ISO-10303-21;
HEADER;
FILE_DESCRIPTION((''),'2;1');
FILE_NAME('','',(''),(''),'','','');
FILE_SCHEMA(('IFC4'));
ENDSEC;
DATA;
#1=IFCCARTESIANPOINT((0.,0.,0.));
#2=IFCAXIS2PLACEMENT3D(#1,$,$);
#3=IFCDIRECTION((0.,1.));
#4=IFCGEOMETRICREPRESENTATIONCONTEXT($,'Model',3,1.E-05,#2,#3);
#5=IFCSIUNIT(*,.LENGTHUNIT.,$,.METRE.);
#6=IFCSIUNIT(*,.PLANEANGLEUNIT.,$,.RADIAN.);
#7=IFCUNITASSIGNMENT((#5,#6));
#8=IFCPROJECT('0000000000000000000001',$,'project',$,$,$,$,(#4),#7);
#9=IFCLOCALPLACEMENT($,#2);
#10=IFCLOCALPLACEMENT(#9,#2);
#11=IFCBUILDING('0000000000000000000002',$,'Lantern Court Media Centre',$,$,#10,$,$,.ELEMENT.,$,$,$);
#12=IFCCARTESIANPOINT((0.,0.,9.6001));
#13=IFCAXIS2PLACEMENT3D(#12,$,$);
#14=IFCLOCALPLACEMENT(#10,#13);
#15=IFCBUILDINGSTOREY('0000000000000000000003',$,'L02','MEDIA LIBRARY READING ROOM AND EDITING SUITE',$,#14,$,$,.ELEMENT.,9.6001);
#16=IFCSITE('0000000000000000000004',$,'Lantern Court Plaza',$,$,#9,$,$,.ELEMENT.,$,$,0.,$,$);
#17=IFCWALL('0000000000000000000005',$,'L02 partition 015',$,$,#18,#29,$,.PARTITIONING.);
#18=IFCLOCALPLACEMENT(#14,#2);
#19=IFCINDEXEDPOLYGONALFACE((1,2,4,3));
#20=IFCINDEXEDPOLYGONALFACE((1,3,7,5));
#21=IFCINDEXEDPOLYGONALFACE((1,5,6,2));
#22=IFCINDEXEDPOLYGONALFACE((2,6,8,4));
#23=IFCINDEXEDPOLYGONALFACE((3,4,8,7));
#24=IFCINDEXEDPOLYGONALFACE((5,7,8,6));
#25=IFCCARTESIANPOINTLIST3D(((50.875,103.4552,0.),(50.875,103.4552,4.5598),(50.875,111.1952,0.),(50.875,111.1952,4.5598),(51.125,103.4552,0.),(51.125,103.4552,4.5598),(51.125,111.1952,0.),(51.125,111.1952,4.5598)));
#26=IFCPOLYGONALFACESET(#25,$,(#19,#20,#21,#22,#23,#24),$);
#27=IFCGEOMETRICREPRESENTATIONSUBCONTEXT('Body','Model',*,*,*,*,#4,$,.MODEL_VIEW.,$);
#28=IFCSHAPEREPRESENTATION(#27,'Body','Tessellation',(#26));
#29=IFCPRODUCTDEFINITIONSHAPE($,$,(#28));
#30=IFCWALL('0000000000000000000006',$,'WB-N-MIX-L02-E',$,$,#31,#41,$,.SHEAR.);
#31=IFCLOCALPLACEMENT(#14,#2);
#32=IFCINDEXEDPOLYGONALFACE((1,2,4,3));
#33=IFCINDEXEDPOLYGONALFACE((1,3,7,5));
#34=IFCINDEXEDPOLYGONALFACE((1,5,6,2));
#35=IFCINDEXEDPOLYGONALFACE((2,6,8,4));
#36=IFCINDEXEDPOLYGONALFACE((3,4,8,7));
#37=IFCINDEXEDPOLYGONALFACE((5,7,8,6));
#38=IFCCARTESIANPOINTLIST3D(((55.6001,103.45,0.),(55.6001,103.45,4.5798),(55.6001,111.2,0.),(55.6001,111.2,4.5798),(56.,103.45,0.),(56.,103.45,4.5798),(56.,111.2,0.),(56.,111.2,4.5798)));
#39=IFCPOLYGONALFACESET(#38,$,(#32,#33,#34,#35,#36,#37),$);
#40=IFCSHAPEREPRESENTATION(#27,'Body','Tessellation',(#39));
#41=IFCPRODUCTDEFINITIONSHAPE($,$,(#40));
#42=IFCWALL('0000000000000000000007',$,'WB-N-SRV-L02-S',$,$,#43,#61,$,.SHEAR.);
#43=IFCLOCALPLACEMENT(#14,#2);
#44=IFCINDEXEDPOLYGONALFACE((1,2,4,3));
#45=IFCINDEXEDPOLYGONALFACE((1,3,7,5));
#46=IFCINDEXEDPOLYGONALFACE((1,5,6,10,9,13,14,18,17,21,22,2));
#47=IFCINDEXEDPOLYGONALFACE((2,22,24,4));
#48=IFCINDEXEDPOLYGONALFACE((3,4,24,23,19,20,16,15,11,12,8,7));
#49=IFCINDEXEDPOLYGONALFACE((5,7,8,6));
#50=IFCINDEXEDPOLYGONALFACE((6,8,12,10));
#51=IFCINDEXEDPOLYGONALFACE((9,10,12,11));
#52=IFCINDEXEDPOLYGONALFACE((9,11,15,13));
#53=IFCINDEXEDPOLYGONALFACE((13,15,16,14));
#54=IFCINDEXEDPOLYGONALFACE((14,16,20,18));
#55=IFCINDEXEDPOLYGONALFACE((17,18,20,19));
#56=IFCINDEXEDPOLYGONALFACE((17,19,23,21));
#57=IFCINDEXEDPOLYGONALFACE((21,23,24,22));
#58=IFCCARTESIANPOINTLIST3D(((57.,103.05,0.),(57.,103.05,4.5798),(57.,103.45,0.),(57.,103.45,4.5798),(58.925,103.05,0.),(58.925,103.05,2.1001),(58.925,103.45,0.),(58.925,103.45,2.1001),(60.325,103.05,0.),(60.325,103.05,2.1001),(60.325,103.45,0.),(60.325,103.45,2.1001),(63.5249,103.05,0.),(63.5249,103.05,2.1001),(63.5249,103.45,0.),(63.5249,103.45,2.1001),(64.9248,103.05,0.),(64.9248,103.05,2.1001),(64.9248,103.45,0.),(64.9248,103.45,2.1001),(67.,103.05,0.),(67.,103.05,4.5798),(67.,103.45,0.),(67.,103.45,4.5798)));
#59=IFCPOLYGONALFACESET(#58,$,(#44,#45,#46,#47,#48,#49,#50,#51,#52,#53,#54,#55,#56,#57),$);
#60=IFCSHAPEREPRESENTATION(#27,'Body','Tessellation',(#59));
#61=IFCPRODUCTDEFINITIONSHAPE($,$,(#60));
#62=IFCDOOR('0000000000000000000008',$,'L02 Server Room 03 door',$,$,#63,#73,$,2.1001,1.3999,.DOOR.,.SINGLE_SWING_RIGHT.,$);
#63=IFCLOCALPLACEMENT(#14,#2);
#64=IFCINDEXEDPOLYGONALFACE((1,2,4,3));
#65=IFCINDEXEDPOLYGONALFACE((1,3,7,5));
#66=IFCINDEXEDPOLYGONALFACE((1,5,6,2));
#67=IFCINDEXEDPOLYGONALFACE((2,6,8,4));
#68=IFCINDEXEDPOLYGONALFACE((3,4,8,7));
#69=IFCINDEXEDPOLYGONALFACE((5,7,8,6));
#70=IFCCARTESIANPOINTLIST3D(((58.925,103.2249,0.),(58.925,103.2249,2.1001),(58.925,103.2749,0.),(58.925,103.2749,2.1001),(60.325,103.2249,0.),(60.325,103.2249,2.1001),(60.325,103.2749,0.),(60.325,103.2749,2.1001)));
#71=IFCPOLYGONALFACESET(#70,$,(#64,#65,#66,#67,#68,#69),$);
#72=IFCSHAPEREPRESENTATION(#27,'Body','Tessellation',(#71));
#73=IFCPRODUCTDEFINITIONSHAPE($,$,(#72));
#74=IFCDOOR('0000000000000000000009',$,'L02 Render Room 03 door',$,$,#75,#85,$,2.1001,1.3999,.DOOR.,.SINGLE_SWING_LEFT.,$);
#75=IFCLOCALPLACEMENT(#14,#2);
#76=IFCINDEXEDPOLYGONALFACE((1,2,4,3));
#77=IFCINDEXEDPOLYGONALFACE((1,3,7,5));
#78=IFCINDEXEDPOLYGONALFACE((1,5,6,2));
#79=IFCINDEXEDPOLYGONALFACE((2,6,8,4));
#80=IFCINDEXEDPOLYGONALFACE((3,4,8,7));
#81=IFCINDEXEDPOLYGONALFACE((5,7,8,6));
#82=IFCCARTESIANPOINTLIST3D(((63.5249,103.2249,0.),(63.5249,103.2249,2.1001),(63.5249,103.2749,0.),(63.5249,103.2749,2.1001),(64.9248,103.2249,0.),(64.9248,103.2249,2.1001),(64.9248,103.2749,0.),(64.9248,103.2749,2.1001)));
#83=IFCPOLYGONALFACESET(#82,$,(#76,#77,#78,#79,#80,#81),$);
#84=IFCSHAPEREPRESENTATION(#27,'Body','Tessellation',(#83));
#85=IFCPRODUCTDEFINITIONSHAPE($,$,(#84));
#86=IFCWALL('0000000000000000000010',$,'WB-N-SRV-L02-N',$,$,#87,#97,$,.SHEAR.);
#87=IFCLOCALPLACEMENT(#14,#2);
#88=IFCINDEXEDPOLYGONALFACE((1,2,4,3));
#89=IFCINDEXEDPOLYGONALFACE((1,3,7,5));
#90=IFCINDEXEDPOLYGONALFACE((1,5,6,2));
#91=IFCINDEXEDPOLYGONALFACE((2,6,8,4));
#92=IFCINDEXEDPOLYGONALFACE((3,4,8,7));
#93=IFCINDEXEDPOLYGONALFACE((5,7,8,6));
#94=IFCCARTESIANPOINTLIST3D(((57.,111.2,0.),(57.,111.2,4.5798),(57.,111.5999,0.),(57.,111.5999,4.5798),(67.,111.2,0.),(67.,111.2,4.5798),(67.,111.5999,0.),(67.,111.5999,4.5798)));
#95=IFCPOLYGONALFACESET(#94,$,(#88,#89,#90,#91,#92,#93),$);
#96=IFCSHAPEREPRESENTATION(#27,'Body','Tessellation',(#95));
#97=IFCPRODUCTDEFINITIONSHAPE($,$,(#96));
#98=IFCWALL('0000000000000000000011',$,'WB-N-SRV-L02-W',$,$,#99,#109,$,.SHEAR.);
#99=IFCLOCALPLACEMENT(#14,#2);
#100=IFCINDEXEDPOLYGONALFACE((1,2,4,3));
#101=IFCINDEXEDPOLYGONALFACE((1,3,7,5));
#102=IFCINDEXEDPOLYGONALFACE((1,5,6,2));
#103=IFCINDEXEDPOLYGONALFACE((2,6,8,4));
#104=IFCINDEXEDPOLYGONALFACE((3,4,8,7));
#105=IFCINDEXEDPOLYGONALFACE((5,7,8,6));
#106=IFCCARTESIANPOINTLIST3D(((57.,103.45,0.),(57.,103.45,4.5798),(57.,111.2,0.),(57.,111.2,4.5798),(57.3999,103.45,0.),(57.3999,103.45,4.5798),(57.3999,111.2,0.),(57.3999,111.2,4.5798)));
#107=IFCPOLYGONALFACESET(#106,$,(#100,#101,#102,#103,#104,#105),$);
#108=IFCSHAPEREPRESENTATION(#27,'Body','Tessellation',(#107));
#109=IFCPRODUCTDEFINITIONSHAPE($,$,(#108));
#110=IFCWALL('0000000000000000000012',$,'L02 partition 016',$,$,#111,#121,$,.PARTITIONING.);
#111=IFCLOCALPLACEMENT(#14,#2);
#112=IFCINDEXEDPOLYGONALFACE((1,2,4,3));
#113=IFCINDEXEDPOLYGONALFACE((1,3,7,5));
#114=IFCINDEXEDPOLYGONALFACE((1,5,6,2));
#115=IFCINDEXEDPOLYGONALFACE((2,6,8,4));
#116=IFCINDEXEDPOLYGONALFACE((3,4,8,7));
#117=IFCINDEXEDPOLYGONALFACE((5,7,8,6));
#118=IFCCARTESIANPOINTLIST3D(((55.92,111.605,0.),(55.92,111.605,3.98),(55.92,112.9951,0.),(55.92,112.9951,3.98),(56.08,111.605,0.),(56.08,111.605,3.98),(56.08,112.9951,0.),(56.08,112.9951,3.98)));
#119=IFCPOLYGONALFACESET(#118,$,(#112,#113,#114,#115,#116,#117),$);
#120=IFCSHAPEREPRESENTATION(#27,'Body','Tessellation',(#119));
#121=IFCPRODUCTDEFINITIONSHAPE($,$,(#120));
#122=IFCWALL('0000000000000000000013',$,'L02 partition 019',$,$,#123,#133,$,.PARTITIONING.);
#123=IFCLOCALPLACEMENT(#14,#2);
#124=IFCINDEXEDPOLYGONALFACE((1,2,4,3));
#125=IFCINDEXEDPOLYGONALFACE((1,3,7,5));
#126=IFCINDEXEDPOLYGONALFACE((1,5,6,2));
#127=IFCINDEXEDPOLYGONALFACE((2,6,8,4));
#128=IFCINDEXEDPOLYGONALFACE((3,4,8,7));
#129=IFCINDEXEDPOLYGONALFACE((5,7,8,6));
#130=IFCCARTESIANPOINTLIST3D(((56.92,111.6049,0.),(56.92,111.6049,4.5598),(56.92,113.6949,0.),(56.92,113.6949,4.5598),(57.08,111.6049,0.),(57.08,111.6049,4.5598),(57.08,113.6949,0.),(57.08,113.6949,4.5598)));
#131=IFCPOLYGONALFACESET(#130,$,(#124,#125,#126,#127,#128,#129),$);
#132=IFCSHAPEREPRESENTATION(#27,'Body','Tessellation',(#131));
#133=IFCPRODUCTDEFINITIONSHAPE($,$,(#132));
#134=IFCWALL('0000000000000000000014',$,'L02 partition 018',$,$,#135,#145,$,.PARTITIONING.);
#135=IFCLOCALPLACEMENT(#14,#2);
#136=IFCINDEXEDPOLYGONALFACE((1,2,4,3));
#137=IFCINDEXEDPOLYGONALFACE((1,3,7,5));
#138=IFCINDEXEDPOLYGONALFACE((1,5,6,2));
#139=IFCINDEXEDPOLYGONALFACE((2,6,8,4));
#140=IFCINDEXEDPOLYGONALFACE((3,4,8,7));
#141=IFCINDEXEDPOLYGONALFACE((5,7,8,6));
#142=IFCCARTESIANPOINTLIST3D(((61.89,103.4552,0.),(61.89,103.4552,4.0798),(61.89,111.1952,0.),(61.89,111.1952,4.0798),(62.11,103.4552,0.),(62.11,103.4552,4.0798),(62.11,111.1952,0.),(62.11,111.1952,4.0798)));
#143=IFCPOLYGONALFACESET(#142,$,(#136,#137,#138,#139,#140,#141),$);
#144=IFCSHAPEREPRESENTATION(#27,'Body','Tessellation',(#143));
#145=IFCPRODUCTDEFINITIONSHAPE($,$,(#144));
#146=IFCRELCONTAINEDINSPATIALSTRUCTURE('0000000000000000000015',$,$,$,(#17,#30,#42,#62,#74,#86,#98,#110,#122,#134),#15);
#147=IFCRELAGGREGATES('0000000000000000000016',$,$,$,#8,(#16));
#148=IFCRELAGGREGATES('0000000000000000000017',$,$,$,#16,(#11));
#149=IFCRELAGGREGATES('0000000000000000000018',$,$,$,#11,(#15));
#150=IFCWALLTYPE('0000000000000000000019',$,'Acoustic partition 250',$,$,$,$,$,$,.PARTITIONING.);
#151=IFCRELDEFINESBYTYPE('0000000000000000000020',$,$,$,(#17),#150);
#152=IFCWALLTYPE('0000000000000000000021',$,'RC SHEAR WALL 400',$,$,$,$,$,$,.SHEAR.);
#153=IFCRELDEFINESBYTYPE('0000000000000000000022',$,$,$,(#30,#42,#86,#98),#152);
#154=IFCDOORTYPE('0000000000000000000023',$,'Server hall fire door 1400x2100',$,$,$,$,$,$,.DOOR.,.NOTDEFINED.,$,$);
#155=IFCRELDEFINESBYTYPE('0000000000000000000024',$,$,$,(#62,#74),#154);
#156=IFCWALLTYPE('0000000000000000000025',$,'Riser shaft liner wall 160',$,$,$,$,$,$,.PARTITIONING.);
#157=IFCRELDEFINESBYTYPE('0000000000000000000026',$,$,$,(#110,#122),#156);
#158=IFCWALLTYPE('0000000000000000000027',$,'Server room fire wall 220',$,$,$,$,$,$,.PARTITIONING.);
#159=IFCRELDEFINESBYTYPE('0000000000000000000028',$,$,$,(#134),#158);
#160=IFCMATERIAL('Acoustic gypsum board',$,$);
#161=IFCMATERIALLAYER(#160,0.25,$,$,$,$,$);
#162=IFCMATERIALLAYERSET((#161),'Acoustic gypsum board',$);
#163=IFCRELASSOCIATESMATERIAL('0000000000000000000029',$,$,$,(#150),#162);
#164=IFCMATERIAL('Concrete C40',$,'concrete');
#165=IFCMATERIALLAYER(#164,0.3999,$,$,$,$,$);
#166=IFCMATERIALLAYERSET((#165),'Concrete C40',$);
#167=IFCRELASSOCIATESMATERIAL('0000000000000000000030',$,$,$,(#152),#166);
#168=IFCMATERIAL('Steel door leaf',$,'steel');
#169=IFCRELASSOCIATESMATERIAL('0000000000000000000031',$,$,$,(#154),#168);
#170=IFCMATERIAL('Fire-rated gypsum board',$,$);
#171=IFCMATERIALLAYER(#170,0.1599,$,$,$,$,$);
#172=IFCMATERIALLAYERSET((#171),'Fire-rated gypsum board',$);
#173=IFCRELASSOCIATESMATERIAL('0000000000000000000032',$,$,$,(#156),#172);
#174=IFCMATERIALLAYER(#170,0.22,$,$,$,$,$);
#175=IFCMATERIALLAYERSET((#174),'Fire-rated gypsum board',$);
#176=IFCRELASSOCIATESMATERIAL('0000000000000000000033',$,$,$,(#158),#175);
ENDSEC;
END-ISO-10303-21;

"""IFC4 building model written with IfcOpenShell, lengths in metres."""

from ifc_helpers import new_model, si_unit, direction, frame, frame_2d, origin, place, context, subcontext, project, spatial, rectangle, extrude, material, layer, layer_set, type_object, element, fill, save


model = new_model("IFC4")

# Units and contexts
model_context = context("Model", 3, precision=1e-05, world=origin(), true_north=direction((0.0, 1.0)))
body_context = subcontext(model_context, "Body", "Model", "MODEL_VIEW")
ifc_project = project(units=[si_unit("LENGTHUNIT", "METRE"), si_unit("PLANEANGLEUNIT", "RADIAN")], contexts=[model_context])

# Site, building, storey
site_placement = place(None, origin())
site = spatial("IfcSite", under=ifc_project, at=site_placement, Name="Lantern Court Plaza", CompositionType="ELEMENT", RefElevation=0.0)
building_placement = place(site_placement, origin())
building = spatial("IfcBuilding", under=site, at=building_placement, Name="Lantern Court Media Centre", CompositionType="ELEMENT")
storey_placement = place(building_placement, frame((0.0, 0.0, 9.6001)))
storey = spatial("IfcBuildingStorey", under=building, at=storey_placement, Name="L02", Description="MEDIA LIBRARY READING ROOM AND EDITING SUITE", CompositionType="ELEMENT", Elevation=9.6001)

# Walls
ifc_material_1 = material(Name="Acoustic gypsum board")
ifc_layer_1 = layer(ifc_material_1, 0.25)
ifc_layer_set_1 = layer_set([ifc_layer_1], Name="Acoustic gypsum board")
wall_type_1 = type_object("IfcWallType", Name="Acoustic partition 250", PredefinedType="PARTITIONING", material=ifc_layer_set_1)
wall_1_placement = place(storey_placement, frame((51.0, 103.4551, 0.0), z_axis=(0.0, 0.0, 1.0), x_axis=(0.0, 1.0, 0.0)))
element("IfcWall", 1, at=wall_1_placement, inside=storey, type_object=wall_type_1, Name="L02 partition 015", PredefinedType="PARTITIONING", context=body_context, shape_type="SweptSolid", body=[
    extrude(rectangle(XDim=7.74, YDim=0.25, at=frame_2d((3.8701, 0.0))), origin(), (0.0, 0.0, 1.0), 4.5598),
])
ifc_material_2 = material(Name="Concrete C40", Category="concrete")
ifc_layer_2 = layer(ifc_material_2, 0.3999)
ifc_layer_set_2 = layer_set([ifc_layer_2], Name="Concrete C40")
wall_type_2 = type_object("IfcWallType", Name="RC SHEAR WALL 400", PredefinedType="SHEAR", material=ifc_layer_set_2)
wall_2_placement = place(storey_placement, frame((55.8, 103.45, 0.0), z_axis=(0.0, 0.0, 1.0), x_axis=(0.0, 1.0, 0.0)))
element("IfcWall", 2, at=wall_2_placement, inside=storey, type_object=wall_type_2, Name="WB-N-MIX-L02-E", PredefinedType="SHEAR", context=body_context, shape_type="SweptSolid", body=[
    extrude(rectangle(XDim=7.75, YDim=0.3999, at=frame_2d((3.875, 0.0))), origin(), (0.0, 0.0, 1.0), 4.5798),
])

# Wall, openings, doors
wall_3_placement = place(storey_placement, frame((57.0, 103.25, 0.0), z_axis=(0.0, 0.0, 1.0), x_axis=(1.0, 0.0, 0.0)))
wall_3 = element("IfcWall", 3, at=wall_3_placement, inside=storey, type_object=wall_type_2, Name="WB-N-SRV-L02-S", PredefinedType="SHEAR", context=body_context, shape_type="SweptSolid", body=[
    extrude(rectangle(XDim=10.0, YDim=0.3999, at=frame_2d((5.0, 0.0))), origin(), (0.0, 0.0, 1.0), 4.5798),
])
opening_1_placement = place(wall_3_placement, frame((1.925, 0.0, 0.0)))
opening_1 = element("IfcOpeningElement", 4, at=opening_1_placement, cuts=wall_3, PredefinedType="OPENING", context=body_context, shape_type="SweptSolid", body=[
    extrude(rectangle(XDim=1.3999, YDim=2.1001, at=frame_2d((0.7, 1.05))), frame((0.0, 0.21, 0.0), z_axis=(0.0, -1.0, 0.0), x_axis=(1.0, 0.0, 0.0)), (0.0, 0.0, 1.0), 0.4199),
])
opening_2_placement = place(wall_3_placement, frame((6.5249, 0.0, 0.0)))
opening_2 = element("IfcOpeningElement", 5, at=opening_2_placement, cuts=wall_3, PredefinedType="OPENING", context=body_context, shape_type="SweptSolid", body=[
    extrude(rectangle(XDim=1.3999, YDim=2.1001, at=frame_2d((0.7, 1.05))), frame((0.0, 0.21, 0.0), z_axis=(0.0, -1.0, 0.0), x_axis=(1.0, 0.0, 0.0)), (0.0, 0.0, 1.0), 0.4199),
])
ifc_material_3 = material(Name="Steel door leaf", Category="steel")
door_type = type_object("IfcDoorType", Name="Server hall fire door 1400x2100", OperationType="NOTDEFINED", PredefinedType="DOOR", material=ifc_material_3)
door_1_placement = place(opening_1_placement, origin())
door_1 = element("IfcDoor", 6, at=door_1_placement, inside=storey, type_object=door_type, Name="L02 Server Room 03 door", OperationType="SINGLE_SWING_RIGHT", OverallHeight=2.1001, OverallWidth=1.3999, PredefinedType="DOOR", context=body_context, shape_type="SweptSolid", body=[
    extrude(rectangle(XDim=1.3999, YDim=2.1001, at=frame_2d((0.7, 1.05))), frame((0.0, 0.0249, 0.0), z_axis=(0.0, -1.0, 0.0), x_axis=(1.0, 0.0, 0.0)), (0.0, 0.0, 1.0), 0.05),
])
fill(opening_1, door_1)
door_2_placement = place(opening_2_placement, origin())
door_2 = element("IfcDoor", 7, at=door_2_placement, inside=storey, type_object=door_type, Name="L02 Render Room 03 door", OperationType="SINGLE_SWING_LEFT", OverallHeight=2.1001, OverallWidth=1.3999, PredefinedType="DOOR", context=body_context, shape_type="SweptSolid", body=[
    extrude(rectangle(XDim=1.3999, YDim=2.1001, at=frame_2d((0.7, 1.05))), frame((0.0, 0.0249, 0.0), z_axis=(0.0, -1.0, 0.0), x_axis=(1.0, 0.0, 0.0)), (0.0, 0.0, 1.0), 0.05),
])
fill(opening_2, door_2)

# Walls
wall_4_placement = place(storey_placement, frame((57.0, 111.3999, 0.0), z_axis=(0.0, 0.0, 1.0), x_axis=(1.0, 0.0, 0.0)))
element("IfcWall", 8, at=wall_4_placement, inside=storey, type_object=wall_type_2, Name="WB-N-SRV-L02-N", PredefinedType="SHEAR", context=body_context, shape_type="SweptSolid", body=[
    extrude(rectangle(XDim=10.0, YDim=0.3999, at=frame_2d((5.0, 0.0))), origin(), (0.0, 0.0, 1.0), 4.5798),
])
wall_5_placement = place(storey_placement, frame((57.2, 103.45, 0.0), z_axis=(0.0, 0.0, 1.0), x_axis=(0.0, 1.0, 0.0)))
element("IfcWall", 9, at=wall_5_placement, inside=storey, type_object=wall_type_2, Name="WB-N-SRV-L02-W", PredefinedType="SHEAR", context=body_context, shape_type="SweptSolid", body=[
    extrude(rectangle(XDim=7.75, YDim=0.3999, at=frame_2d((3.875, 0.0))), origin(), (0.0, 0.0, 1.0), 4.5798),
])
ifc_material_4 = material(Name="Fire-rated gypsum board")
ifc_layer_3 = layer(ifc_material_4, 0.1599)
ifc_layer_set_3 = layer_set([ifc_layer_3], Name="Fire-rated gypsum board")
wall_type_3 = type_object("IfcWallType", Name="Riser shaft liner wall 160", PredefinedType="PARTITIONING", material=ifc_layer_set_3)
wall_6_placement = place(storey_placement, frame((56.0, 111.605, 0.0), z_axis=(0.0, 0.0, 1.0), x_axis=(0.0, 1.0, 0.0)))
element("IfcWall", 10, at=wall_6_placement, inside=storey, type_object=wall_type_3, Name="L02 partition 016", PredefinedType="PARTITIONING", context=body_context, shape_type="SweptSolid", body=[
    extrude(rectangle(XDim=1.3901, YDim=0.1599, at=frame_2d((0.6951, 0.0))), origin(), (0.0, 0.0, 1.0), 3.98),
])
wall_7_placement = place(storey_placement, frame((57.0, 111.605, 0.0), z_axis=(0.0, 0.0, 1.0), x_axis=(0.0, 1.0, 0.0)))
element("IfcWall", 11, at=wall_7_placement, inside=storey, type_object=wall_type_3, Name="L02 partition 019", PredefinedType="PARTITIONING", context=body_context, shape_type="SweptSolid", body=[
    extrude(rectangle(XDim=2.0901, YDim=0.1599, at=frame_2d((1.0449, 0.0))), origin(), (0.0, 0.0, 1.0), 4.5598),
])
ifc_layer_4 = layer(ifc_material_4, 0.22)
ifc_layer_set_4 = layer_set([ifc_layer_4], Name="Fire-rated gypsum board")
wall_type_4 = type_object("IfcWallType", Name="Server room fire wall 220", PredefinedType="PARTITIONING", material=ifc_layer_set_4)
wall_8_placement = place(storey_placement, frame((62.0, 103.4551, 0.0), z_axis=(0.0, 0.0, 1.0), x_axis=(0.0, 1.0, 0.0)))
element("IfcWall", 12, at=wall_8_placement, inside=storey, type_object=wall_type_4, Name="L02 partition 018", PredefinedType="PARTITIONING", context=body_context, shape_type="SweptSolid", body=[
    extrude(rectangle(XDim=7.74, YDim=0.22, at=frame_2d((3.8701, 0.0))), origin(), (0.0, 0.0, 1.0), 4.0798),
])

save(model, "model.ifc")
